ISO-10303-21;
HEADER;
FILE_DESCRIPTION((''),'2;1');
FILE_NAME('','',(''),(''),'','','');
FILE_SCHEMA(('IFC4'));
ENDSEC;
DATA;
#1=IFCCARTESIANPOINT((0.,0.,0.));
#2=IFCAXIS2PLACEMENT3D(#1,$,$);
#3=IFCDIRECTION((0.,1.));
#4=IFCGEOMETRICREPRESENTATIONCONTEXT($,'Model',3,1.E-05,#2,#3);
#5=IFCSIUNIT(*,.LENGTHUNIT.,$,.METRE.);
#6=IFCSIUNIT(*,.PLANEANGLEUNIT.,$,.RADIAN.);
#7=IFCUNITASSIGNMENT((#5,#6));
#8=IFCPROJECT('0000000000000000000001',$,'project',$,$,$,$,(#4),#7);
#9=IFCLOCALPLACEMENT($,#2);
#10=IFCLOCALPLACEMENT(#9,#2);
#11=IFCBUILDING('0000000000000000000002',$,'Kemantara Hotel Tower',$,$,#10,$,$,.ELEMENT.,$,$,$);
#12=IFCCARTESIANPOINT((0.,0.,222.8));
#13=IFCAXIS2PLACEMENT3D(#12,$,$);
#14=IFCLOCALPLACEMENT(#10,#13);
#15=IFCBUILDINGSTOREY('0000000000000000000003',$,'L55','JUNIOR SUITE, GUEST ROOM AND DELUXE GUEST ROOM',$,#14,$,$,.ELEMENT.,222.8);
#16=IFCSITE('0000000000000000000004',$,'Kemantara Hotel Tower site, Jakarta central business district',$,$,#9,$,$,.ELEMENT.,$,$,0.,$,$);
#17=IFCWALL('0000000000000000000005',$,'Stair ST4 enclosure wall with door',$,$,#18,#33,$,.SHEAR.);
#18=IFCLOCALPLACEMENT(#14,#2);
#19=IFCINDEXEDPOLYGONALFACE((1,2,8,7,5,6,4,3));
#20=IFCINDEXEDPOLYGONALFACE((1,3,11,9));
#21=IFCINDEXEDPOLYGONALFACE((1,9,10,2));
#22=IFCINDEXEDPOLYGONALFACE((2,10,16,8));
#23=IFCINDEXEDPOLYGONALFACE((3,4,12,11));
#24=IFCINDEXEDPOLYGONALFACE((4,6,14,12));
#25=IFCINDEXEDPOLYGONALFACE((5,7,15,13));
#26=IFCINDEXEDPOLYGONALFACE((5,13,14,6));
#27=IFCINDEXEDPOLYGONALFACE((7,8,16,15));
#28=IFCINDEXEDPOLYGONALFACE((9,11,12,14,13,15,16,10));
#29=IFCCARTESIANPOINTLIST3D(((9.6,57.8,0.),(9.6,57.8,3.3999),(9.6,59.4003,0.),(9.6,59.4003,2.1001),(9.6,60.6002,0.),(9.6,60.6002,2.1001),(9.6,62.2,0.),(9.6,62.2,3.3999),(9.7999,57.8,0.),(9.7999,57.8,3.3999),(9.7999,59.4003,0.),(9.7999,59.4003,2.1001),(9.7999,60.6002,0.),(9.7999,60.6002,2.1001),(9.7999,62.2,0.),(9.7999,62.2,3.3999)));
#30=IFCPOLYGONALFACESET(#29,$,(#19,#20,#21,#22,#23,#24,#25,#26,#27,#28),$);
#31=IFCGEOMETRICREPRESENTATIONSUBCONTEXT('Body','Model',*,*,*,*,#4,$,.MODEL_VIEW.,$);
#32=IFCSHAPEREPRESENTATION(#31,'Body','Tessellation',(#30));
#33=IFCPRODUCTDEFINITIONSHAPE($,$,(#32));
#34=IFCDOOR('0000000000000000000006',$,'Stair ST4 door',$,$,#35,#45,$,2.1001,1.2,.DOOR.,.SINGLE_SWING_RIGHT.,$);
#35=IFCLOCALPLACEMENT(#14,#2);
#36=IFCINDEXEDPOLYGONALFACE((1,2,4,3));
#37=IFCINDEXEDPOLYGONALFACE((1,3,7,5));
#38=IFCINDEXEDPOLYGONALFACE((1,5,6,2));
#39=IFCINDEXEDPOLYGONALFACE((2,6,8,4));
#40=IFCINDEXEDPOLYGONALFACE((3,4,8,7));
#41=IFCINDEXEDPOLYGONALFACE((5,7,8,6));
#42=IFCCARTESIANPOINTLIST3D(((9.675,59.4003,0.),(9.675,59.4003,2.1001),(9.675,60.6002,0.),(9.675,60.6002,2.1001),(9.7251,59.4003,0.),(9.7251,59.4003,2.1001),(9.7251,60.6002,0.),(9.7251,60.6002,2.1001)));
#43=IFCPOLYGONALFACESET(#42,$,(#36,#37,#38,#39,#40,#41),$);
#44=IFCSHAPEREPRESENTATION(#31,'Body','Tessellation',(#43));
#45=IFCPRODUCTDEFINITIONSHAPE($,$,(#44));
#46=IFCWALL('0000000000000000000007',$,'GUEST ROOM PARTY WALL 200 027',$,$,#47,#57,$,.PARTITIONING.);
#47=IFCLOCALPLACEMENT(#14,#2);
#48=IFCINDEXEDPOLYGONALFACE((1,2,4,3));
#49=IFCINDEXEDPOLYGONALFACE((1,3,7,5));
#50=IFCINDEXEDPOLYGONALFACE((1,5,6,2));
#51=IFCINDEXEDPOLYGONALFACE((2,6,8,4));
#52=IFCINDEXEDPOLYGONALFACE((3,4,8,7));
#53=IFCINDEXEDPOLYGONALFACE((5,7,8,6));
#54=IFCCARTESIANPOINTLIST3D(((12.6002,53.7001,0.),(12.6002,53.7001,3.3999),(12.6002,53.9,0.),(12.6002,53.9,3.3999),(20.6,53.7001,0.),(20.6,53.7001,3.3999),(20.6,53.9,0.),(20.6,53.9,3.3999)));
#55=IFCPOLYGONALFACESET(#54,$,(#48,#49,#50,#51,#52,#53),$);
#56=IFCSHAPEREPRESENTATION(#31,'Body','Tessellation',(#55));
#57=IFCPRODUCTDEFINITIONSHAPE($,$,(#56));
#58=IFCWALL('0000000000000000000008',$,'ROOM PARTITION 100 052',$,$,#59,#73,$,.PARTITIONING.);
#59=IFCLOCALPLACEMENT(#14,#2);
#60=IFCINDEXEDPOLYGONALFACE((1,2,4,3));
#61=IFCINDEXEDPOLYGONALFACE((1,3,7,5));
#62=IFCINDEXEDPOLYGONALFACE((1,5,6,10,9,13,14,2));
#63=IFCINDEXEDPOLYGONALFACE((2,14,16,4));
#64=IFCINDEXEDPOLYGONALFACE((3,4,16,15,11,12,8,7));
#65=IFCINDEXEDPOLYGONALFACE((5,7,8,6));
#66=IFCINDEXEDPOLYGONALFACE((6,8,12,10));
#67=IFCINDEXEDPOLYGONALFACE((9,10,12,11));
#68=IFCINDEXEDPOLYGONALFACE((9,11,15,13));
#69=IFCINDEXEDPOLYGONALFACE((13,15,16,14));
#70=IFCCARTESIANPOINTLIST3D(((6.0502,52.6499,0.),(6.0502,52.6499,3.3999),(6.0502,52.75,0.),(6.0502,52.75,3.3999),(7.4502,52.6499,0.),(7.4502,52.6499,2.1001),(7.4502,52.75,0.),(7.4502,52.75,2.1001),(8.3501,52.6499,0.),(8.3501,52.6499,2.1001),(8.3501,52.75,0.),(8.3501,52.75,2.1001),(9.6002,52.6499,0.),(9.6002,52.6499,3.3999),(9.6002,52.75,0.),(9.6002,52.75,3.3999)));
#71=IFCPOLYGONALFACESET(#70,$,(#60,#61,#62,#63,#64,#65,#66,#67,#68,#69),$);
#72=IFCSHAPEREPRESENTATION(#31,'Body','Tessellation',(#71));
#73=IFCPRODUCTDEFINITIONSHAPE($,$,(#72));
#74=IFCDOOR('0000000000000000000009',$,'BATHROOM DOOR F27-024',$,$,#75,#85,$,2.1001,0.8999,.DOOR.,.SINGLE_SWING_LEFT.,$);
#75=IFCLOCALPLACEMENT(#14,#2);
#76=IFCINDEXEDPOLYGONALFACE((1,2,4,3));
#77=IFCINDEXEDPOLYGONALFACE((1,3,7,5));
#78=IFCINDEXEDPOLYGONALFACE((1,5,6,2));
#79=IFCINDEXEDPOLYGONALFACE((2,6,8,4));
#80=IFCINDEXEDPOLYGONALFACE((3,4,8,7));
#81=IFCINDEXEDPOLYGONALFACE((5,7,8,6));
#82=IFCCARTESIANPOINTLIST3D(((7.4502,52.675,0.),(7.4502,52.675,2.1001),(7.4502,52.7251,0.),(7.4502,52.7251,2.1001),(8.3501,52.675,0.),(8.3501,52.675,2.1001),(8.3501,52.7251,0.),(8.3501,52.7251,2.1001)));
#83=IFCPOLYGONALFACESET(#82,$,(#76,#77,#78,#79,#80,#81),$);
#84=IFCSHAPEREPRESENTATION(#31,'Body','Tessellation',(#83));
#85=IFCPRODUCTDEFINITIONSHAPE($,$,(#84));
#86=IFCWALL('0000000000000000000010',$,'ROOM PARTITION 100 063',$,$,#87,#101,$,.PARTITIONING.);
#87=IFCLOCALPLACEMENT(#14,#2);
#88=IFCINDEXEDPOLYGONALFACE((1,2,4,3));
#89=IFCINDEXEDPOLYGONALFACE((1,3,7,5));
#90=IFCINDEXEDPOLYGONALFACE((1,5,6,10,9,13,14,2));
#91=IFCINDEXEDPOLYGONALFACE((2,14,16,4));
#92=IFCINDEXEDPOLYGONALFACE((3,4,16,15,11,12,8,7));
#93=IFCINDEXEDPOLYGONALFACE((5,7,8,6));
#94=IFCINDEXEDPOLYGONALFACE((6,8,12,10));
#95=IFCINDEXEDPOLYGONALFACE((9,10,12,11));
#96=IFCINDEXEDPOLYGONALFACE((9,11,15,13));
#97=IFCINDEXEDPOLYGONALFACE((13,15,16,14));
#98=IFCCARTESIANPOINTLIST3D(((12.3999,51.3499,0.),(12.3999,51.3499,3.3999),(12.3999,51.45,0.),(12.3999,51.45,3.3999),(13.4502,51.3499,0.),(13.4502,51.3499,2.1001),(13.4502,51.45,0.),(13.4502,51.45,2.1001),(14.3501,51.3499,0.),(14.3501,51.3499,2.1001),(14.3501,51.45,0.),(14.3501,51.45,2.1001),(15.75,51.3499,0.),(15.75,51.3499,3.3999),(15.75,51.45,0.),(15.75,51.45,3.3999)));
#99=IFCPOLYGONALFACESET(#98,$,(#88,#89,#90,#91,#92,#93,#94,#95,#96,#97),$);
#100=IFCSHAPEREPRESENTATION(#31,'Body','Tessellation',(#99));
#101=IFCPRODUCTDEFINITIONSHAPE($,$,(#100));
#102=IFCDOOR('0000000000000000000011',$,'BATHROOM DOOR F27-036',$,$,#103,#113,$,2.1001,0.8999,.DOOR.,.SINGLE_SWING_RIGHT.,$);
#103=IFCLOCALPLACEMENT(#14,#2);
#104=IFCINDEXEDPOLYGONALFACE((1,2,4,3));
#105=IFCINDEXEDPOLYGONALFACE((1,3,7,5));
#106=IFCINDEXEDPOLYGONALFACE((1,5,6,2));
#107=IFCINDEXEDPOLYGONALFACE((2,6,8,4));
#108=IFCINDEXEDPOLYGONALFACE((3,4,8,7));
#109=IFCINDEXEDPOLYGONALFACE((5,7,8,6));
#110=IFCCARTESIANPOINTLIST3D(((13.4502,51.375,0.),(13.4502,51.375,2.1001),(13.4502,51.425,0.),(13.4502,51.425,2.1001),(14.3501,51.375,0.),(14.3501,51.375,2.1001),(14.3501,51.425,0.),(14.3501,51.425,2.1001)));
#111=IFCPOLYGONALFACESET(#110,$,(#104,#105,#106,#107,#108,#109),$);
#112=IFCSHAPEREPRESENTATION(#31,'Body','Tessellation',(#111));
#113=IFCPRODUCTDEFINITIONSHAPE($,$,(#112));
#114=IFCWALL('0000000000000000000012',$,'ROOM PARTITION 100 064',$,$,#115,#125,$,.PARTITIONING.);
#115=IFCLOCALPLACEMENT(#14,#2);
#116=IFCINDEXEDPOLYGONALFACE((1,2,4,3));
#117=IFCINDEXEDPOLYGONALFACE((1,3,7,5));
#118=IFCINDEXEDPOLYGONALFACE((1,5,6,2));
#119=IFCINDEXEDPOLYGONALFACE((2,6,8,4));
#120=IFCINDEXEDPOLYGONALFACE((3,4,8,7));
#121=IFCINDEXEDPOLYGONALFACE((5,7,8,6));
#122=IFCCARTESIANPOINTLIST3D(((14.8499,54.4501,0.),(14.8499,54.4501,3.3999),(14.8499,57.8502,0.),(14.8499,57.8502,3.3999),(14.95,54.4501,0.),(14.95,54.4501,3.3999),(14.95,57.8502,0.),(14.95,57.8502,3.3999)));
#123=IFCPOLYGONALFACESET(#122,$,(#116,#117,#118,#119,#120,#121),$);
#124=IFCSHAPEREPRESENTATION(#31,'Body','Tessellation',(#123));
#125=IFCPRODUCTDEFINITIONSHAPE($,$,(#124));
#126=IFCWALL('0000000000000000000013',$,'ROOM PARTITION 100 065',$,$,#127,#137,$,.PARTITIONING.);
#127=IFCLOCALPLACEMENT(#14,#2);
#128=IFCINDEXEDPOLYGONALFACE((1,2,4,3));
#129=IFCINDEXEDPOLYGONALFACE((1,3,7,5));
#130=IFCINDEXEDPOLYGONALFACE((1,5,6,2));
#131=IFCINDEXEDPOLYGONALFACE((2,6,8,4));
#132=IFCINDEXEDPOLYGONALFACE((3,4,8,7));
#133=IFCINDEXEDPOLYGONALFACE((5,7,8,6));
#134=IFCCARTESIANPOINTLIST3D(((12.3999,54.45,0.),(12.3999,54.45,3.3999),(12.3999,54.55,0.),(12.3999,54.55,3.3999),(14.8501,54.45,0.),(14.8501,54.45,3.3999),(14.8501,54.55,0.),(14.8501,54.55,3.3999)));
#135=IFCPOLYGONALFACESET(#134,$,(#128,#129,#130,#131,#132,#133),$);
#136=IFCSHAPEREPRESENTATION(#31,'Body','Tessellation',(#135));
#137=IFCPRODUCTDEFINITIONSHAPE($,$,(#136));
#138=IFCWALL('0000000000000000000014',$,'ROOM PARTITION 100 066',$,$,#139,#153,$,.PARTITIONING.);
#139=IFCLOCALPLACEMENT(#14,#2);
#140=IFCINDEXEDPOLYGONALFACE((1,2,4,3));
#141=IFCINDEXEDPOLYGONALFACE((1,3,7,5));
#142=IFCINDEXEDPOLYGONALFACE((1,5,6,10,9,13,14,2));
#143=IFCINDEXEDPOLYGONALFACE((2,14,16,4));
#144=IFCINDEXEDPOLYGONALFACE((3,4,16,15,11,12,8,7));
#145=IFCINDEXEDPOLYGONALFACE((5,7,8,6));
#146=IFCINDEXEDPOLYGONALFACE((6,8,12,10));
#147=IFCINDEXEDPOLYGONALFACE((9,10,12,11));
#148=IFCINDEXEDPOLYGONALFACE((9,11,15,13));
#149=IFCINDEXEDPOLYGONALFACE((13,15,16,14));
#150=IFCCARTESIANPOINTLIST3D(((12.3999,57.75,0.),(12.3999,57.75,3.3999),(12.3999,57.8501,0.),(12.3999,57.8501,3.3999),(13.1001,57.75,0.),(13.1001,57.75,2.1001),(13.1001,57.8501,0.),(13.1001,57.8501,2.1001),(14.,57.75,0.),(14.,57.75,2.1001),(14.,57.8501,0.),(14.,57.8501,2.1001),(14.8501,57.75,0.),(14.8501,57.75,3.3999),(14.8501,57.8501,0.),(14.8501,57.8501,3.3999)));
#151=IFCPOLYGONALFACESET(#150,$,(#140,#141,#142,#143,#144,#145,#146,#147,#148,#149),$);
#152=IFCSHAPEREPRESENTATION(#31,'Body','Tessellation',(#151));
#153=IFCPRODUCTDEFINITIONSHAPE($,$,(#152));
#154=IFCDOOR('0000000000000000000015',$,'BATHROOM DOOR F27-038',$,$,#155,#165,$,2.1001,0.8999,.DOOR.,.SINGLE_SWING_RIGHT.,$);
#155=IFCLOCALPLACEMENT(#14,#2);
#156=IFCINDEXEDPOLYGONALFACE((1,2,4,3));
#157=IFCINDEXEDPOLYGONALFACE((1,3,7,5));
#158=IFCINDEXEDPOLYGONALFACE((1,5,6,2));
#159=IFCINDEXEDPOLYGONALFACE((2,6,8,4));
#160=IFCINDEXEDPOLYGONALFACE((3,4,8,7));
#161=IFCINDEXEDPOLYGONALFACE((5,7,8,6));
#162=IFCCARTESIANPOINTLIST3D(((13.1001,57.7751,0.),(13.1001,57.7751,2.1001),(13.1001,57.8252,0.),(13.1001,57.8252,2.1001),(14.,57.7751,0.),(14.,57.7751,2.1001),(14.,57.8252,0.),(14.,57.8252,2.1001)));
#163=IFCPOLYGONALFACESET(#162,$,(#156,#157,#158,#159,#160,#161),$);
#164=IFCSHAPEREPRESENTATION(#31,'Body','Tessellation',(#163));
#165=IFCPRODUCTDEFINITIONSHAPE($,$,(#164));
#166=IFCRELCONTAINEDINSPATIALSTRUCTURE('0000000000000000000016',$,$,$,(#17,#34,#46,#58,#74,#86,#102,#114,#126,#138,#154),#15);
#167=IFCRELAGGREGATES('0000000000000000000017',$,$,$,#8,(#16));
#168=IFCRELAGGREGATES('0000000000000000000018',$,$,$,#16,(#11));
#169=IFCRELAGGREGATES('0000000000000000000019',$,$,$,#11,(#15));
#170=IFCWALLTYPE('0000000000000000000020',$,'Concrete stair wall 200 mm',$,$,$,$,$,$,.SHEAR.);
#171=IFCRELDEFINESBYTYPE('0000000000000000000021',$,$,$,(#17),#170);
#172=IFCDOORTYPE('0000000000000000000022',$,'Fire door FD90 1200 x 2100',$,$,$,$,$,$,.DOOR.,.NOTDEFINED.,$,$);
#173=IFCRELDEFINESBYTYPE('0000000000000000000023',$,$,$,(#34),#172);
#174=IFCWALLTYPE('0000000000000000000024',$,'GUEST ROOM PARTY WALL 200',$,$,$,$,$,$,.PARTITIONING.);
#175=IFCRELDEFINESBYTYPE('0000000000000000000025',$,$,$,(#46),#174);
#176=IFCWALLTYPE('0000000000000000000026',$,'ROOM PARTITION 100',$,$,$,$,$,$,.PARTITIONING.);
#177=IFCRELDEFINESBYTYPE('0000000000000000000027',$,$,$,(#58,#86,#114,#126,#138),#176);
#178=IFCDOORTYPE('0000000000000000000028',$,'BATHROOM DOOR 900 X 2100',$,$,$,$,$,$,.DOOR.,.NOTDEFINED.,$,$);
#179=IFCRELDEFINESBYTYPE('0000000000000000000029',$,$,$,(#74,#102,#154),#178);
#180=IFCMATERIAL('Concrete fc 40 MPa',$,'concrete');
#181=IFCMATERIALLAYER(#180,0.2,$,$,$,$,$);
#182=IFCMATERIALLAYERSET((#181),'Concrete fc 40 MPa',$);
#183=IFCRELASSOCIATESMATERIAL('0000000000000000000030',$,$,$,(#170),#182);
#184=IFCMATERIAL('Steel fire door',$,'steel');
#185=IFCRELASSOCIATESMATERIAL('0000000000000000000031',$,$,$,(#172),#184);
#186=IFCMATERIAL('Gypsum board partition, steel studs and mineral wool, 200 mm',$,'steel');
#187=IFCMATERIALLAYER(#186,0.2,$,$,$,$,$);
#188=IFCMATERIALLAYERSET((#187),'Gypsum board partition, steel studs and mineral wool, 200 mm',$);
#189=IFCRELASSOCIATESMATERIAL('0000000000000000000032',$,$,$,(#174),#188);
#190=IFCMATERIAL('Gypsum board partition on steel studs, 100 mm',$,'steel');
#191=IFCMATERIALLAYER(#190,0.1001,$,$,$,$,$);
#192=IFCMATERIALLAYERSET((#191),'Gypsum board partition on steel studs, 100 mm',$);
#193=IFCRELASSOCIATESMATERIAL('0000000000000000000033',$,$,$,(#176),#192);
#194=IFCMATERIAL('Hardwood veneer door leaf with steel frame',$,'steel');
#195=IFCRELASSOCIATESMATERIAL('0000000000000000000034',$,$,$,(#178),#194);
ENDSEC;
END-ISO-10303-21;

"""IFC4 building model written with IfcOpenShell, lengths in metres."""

from ifc_helpers import new_model, si_unit, direction, frame, frame_2d, origin, place, context, subcontext, project, spatial, rectangle, extrude, material, layer, layer_set, type_object, element, fill, save


model = new_model("IFC4")

# Units and contexts
model_context = context("Model", 3, precision=1e-05, world=origin(), true_north=direction((0.0, 1.0)))
body_context = subcontext(model_context, "Body", "Model", "MODEL_VIEW")
ifc_project = project(units=[si_unit("LENGTHUNIT", "METRE"), si_unit("PLANEANGLEUNIT", "RADIAN")], contexts=[model_context])

# Site, building, storey
site_placement = place(None, origin())
site = spatial("IfcSite", under=ifc_project, at=site_placement, Name="Kemantara Hotel Tower site, Jakarta central business district", CompositionType="ELEMENT", RefElevation=0.0)
building_placement = place(site_placement, origin())
building = spatial("IfcBuilding", under=site, at=building_placement, Name="Kemantara Hotel Tower", CompositionType="ELEMENT")
storey_placement = place(building_placement, frame((0.0, 0.0, 222.8)))
storey = spatial("IfcBuildingStorey", under=building, at=storey_placement, Name="L55", Description="JUNIOR SUITE, GUEST ROOM AND DELUXE GUEST ROOM", CompositionType="ELEMENT", Elevation=222.8)

# Shared definitions
ifc_material_1 = material(Name="Gypsum board partition, steel studs and mineral wool, 200 mm", Category="steel")

# Shared definitions
ifc_material_2 = material(Name="Hardwood veneer door leaf with steel frame", Category="steel")

# Wall, opening, door
ifc_material_3 = material(Name="Concrete fc 40 MPa", Category="concrete")
ifc_layer_1 = layer(ifc_material_3, 0.2)
ifc_layer_set_1 = layer_set([ifc_layer_1], Name="Concrete fc 40 MPa")
wall_type_1 = type_object("IfcWallType", Name="Concrete stair wall 200 mm", PredefinedType="SHEAR", material=ifc_layer_set_1)
wall_1_placement = place(storey_placement, frame((9.7, 57.8, 0.0), z_axis=(0.0, 0.0, 1.0), x_axis=(0.0, 1.0, 0.0)))
wall_1 = element("IfcWall", 1, at=wall_1_placement, inside=storey, type_object=wall_type_1, Name="Stair ST4 enclosure wall with door", PredefinedType="SHEAR", context=body_context, shape_type="SweptSolid", body=[
    extrude(rectangle(XDim=4.3999, YDim=0.2, at=frame_2d((2.2, 0.0))), origin(), (0.0, 0.0, 1.0), 3.3999),
])
opening_1_placement = place(wall_1_placement, frame((1.6001, 0.0, 0.0)))
opening_1 = element("IfcOpeningElement", 2, at=opening_1_placement, cuts=wall_1, PredefinedType="OPENING", context=body_context, shape_type="SweptSolid", body=[
    extrude(rectangle(XDim=1.2, YDim=2.1001, at=frame_2d((0.6001, 1.05))), frame((0.0, 0.1099, 0.0), z_axis=(0.0, -1.0, 0.0), x_axis=(1.0, 0.0, 0.0)), (0.0, 0.0, 1.0), 0.22),
])
ifc_material_4 = material(Name="Steel fire door", Category="steel")
door_type_1 = type_object("IfcDoorType", Name="Fire door FD90 1200 x 2100", OperationType="NOTDEFINED", PredefinedType="DOOR", material=ifc_material_4)
door_1_placement = place(opening_1_placement, origin())
door_1 = element("IfcDoor", 3, at=door_1_placement, inside=storey, type_object=door_type_1, Name="Stair ST4 door", OperationType="SINGLE_SWING_RIGHT", OverallHeight=2.1001, OverallWidth=1.2, PredefinedType="DOOR", context=body_context, shape_type="SweptSolid", body=[
    extrude(rectangle(XDim=1.2, YDim=2.1001, at=frame_2d((0.6001, 1.05))), frame((0.0, 0.0249, 0.0), z_axis=(0.0, -1.0, 0.0), x_axis=(1.0, 0.0, 0.0)), (0.0, 0.0, 1.0), 0.05),
])
fill(opening_1, door_1)

# Wall
ifc_layer_2 = layer(ifc_material_1, 0.2)
ifc_layer_set_2 = layer_set([ifc_layer_2], Name="Gypsum board partition, steel studs and mineral wool, 200 mm")
wall_type_2 = type_object("IfcWallType", Name="GUEST ROOM PARTY WALL 200", PredefinedType="PARTITIONING", material=ifc_layer_set_2)
wall_2_placement = place(storey_placement, frame((12.6001, 53.8, 0.0), z_axis=(0.0, 0.0, 1.0), x_axis=(1.0, 0.0, 0.0)))
element("IfcWall", 4, at=wall_2_placement, inside=storey, type_object=wall_type_2, Name="GUEST ROOM PARTY WALL 200 027", PredefinedType="PARTITIONING", context=body_context, shape_type="SweptSolid", body=[
    extrude(rectangle(XDim=7.9998, YDim=0.2, at=frame_2d((4.0, 0.0))), origin(), (0.0, 0.0, 1.0), 3.3999),
])

# Walls, openings, doors
ifc_material_5 = material(Name="Gypsum board partition on steel studs, 100 mm", Category="steel")
ifc_layer_3 = layer(ifc_material_5, 0.1001)
ifc_layer_set_3 = layer_set([ifc_layer_3], Name="Gypsum board partition on steel studs, 100 mm")
wall_type_3 = type_object("IfcWallType", Name="ROOM PARTITION 100", PredefinedType="PARTITIONING", material=ifc_layer_set_3)
wall_3_placement = place(storey_placement, frame((9.6001, 52.7, 0.0), z_axis=(0.0, 0.0, 1.0), x_axis=(-1.0, 0.0, 0.0)))
wall_3 = element("IfcWall", 5, at=wall_3_placement, inside=storey, type_object=wall_type_3, Name="ROOM PARTITION 100 052", PredefinedType="PARTITIONING", context=body_context, shape_type="SweptSolid", body=[
    extrude(rectangle(XDim=3.55, YDim=0.1001, at=frame_2d((1.7749, 0.0))), origin(), (0.0, 0.0, 1.0), 3.3999),
])
opening_2_placement = place(wall_3_placement, frame((1.25, 0.0, 0.0)))
opening_2 = element("IfcOpeningElement", 6, at=opening_2_placement, cuts=wall_3, PredefinedType="OPENING", context=body_context, shape_type="SweptSolid", body=[
    extrude(rectangle(XDim=0.8999, YDim=2.1001, at=frame_2d((0.45, 1.05))), frame((0.0, 0.0601, 0.0), z_axis=(0.0, -1.0, 0.0), x_axis=(1.0, 0.0, 0.0)), (0.0, 0.0, 1.0), 0.1201),
])
door_type_2 = type_object("IfcDoorType", Name="BATHROOM DOOR 900 X 2100", OperationType="NOTDEFINED", PredefinedType="DOOR", material=ifc_material_2)
door_2_placement = place(opening_2_placement, origin())
door_2 = element("IfcDoor", 7, at=door_2_placement, inside=storey, type_object=door_type_2, Name="BATHROOM DOOR F27-024", OperationType="SINGLE_SWING_LEFT", OverallHeight=2.1001, OverallWidth=0.8999, PredefinedType="DOOR", context=body_context, shape_type="SweptSolid", body=[
    extrude(rectangle(XDim=0.8999, YDim=2.1001, at=frame_2d((0.45, 1.05))), frame((0.0, 0.0249, 0.0), z_axis=(0.0, -1.0, 0.0), x_axis=(1.0, 0.0, 0.0)), (0.0, 0.0, 1.0), 0.05),
])
fill(opening_2, door_2)
wall_4_placement = place(storey_placement, frame((15.75, 51.3999, 0.0), z_axis=(0.0, 0.0, 1.0), x_axis=(-1.0, 0.0, 0.0)))
wall_4 = element("IfcWall", 8, at=wall_4_placement, inside=storey, type_object=wall_type_3, Name="ROOM PARTITION 100 063", PredefinedType="PARTITIONING", context=body_context, shape_type="SweptSolid", body=[
    extrude(rectangle(XDim=3.3501, YDim=0.1001, at=frame_2d((1.675, 0.0))), origin(), (0.0, 0.0, 1.0), 3.3999),
])
opening_3_placement = place(wall_4_placement, frame((1.3999, 0.0, 0.0)))
opening_3 = element("IfcOpeningElement", 9, at=opening_3_placement, cuts=wall_4, PredefinedType="OPENING", context=body_context, shape_type="SweptSolid", body=[
    extrude(rectangle(XDim=0.8999, YDim=2.1001, at=frame_2d((0.45, 1.05))), frame((0.0, 0.0601, 0.0), z_axis=(0.0, -1.0, 0.0), x_axis=(1.0, 0.0, 0.0)), (0.0, 0.0, 1.0), 0.1201),
])
door_3_placement = place(opening_3_placement, origin())
door_3 = element("IfcDoor", 10, at=door_3_placement, inside=storey, type_object=door_type_2, Name="BATHROOM DOOR F27-036", OperationType="SINGLE_SWING_RIGHT", OverallHeight=2.1001, OverallWidth=0.8999, PredefinedType="DOOR", context=body_context, shape_type="SweptSolid", body=[
    extrude(rectangle(XDim=0.8999, YDim=2.1001, at=frame_2d((0.45, 1.05))), frame((0.0, 0.0249, 0.0), z_axis=(0.0, -1.0, 0.0), x_axis=(1.0, 0.0, 0.0)), (0.0, 0.0, 1.0), 0.05),
])
fill(opening_3, door_3)

# Walls
wall_5_placement = place(storey_placement, frame((14.8999, 54.45, 0.0), z_axis=(0.0, 0.0, 1.0), x_axis=(0.0, 1.0, 0.0)))
element("IfcWall", 11, at=wall_5_placement, inside=storey, type_object=wall_type_3, Name="ROOM PARTITION 100 064", PredefinedType="PARTITIONING", context=body_context, shape_type="SweptSolid", body=[
    extrude(rectangle(XDim=3.4001, YDim=0.1001, at=frame_2d((1.7002, 0.0))), origin(), (0.0, 0.0, 1.0), 3.3999),
])
wall_6_placement = place(storey_placement, frame((12.3999, 54.5, 0.0), z_axis=(0.0, 0.0, 1.0), x_axis=(1.0, 0.0, 0.0)))
element("IfcWall", 12, at=wall_6_placement, inside=storey, type_object=wall_type_3, Name="ROOM PARTITION 100 065", PredefinedType="PARTITIONING", context=body_context, shape_type="SweptSolid", body=[
    extrude(rectangle(XDim=2.4502, YDim=0.1001, at=frame_2d((1.2251, 0.0))), origin(), (0.0, 0.0, 1.0), 3.3999),
])

# Wall, opening, door
wall_7_placement = place(storey_placement, frame((14.8501, 57.8, 0.0), z_axis=(0.0, 0.0, 1.0), x_axis=(-1.0, 0.0, 0.0)))
wall_7 = element("IfcWall", 13, at=wall_7_placement, inside=storey, type_object=wall_type_3, Name="ROOM PARTITION 100 066", PredefinedType="PARTITIONING", context=body_context, shape_type="SweptSolid", body=[
    extrude(rectangle(XDim=2.4502, YDim=0.1001, at=frame_2d((1.2251, 0.0))), origin(), (0.0, 0.0, 1.0), 3.3999),
])
opening_4_placement = place(wall_7_placement, frame((0.8501, 0.0, 0.0)))
opening_4 = element("IfcOpeningElement", 14, at=opening_4_placement, cuts=wall_7, PredefinedType="OPENING", context=body_context, shape_type="SweptSolid", body=[
    extrude(rectangle(XDim=0.8999, YDim=2.1001, at=frame_2d((0.45, 1.05))), frame((0.0, 0.0601, 0.0), z_axis=(0.0, -1.0, 0.0), x_axis=(1.0, 0.0, 0.0)), (0.0, 0.0, 1.0), 0.1201),
])
door_4_placement = place(opening_4_placement, origin())
door_4 = element("IfcDoor", 15, at=door_4_placement, inside=storey, type_object=door_type_2, Name="BATHROOM DOOR F27-038", OperationType="SINGLE_SWING_RIGHT", OverallHeight=2.1001, OverallWidth=0.8999, PredefinedType="DOOR", context=body_context, shape_type="SweptSolid", body=[
    extrude(rectangle(XDim=0.8999, YDim=2.1001, at=frame_2d((0.45, 1.05))), frame((0.0, 0.0249, 0.0), z_axis=(0.0, -1.0, 0.0), x_axis=(1.0, 0.0, 0.0)), (0.0, 0.0, 1.0), 0.05),
])
fill(opening_4, door_4)

save(model, "model.ifc")
